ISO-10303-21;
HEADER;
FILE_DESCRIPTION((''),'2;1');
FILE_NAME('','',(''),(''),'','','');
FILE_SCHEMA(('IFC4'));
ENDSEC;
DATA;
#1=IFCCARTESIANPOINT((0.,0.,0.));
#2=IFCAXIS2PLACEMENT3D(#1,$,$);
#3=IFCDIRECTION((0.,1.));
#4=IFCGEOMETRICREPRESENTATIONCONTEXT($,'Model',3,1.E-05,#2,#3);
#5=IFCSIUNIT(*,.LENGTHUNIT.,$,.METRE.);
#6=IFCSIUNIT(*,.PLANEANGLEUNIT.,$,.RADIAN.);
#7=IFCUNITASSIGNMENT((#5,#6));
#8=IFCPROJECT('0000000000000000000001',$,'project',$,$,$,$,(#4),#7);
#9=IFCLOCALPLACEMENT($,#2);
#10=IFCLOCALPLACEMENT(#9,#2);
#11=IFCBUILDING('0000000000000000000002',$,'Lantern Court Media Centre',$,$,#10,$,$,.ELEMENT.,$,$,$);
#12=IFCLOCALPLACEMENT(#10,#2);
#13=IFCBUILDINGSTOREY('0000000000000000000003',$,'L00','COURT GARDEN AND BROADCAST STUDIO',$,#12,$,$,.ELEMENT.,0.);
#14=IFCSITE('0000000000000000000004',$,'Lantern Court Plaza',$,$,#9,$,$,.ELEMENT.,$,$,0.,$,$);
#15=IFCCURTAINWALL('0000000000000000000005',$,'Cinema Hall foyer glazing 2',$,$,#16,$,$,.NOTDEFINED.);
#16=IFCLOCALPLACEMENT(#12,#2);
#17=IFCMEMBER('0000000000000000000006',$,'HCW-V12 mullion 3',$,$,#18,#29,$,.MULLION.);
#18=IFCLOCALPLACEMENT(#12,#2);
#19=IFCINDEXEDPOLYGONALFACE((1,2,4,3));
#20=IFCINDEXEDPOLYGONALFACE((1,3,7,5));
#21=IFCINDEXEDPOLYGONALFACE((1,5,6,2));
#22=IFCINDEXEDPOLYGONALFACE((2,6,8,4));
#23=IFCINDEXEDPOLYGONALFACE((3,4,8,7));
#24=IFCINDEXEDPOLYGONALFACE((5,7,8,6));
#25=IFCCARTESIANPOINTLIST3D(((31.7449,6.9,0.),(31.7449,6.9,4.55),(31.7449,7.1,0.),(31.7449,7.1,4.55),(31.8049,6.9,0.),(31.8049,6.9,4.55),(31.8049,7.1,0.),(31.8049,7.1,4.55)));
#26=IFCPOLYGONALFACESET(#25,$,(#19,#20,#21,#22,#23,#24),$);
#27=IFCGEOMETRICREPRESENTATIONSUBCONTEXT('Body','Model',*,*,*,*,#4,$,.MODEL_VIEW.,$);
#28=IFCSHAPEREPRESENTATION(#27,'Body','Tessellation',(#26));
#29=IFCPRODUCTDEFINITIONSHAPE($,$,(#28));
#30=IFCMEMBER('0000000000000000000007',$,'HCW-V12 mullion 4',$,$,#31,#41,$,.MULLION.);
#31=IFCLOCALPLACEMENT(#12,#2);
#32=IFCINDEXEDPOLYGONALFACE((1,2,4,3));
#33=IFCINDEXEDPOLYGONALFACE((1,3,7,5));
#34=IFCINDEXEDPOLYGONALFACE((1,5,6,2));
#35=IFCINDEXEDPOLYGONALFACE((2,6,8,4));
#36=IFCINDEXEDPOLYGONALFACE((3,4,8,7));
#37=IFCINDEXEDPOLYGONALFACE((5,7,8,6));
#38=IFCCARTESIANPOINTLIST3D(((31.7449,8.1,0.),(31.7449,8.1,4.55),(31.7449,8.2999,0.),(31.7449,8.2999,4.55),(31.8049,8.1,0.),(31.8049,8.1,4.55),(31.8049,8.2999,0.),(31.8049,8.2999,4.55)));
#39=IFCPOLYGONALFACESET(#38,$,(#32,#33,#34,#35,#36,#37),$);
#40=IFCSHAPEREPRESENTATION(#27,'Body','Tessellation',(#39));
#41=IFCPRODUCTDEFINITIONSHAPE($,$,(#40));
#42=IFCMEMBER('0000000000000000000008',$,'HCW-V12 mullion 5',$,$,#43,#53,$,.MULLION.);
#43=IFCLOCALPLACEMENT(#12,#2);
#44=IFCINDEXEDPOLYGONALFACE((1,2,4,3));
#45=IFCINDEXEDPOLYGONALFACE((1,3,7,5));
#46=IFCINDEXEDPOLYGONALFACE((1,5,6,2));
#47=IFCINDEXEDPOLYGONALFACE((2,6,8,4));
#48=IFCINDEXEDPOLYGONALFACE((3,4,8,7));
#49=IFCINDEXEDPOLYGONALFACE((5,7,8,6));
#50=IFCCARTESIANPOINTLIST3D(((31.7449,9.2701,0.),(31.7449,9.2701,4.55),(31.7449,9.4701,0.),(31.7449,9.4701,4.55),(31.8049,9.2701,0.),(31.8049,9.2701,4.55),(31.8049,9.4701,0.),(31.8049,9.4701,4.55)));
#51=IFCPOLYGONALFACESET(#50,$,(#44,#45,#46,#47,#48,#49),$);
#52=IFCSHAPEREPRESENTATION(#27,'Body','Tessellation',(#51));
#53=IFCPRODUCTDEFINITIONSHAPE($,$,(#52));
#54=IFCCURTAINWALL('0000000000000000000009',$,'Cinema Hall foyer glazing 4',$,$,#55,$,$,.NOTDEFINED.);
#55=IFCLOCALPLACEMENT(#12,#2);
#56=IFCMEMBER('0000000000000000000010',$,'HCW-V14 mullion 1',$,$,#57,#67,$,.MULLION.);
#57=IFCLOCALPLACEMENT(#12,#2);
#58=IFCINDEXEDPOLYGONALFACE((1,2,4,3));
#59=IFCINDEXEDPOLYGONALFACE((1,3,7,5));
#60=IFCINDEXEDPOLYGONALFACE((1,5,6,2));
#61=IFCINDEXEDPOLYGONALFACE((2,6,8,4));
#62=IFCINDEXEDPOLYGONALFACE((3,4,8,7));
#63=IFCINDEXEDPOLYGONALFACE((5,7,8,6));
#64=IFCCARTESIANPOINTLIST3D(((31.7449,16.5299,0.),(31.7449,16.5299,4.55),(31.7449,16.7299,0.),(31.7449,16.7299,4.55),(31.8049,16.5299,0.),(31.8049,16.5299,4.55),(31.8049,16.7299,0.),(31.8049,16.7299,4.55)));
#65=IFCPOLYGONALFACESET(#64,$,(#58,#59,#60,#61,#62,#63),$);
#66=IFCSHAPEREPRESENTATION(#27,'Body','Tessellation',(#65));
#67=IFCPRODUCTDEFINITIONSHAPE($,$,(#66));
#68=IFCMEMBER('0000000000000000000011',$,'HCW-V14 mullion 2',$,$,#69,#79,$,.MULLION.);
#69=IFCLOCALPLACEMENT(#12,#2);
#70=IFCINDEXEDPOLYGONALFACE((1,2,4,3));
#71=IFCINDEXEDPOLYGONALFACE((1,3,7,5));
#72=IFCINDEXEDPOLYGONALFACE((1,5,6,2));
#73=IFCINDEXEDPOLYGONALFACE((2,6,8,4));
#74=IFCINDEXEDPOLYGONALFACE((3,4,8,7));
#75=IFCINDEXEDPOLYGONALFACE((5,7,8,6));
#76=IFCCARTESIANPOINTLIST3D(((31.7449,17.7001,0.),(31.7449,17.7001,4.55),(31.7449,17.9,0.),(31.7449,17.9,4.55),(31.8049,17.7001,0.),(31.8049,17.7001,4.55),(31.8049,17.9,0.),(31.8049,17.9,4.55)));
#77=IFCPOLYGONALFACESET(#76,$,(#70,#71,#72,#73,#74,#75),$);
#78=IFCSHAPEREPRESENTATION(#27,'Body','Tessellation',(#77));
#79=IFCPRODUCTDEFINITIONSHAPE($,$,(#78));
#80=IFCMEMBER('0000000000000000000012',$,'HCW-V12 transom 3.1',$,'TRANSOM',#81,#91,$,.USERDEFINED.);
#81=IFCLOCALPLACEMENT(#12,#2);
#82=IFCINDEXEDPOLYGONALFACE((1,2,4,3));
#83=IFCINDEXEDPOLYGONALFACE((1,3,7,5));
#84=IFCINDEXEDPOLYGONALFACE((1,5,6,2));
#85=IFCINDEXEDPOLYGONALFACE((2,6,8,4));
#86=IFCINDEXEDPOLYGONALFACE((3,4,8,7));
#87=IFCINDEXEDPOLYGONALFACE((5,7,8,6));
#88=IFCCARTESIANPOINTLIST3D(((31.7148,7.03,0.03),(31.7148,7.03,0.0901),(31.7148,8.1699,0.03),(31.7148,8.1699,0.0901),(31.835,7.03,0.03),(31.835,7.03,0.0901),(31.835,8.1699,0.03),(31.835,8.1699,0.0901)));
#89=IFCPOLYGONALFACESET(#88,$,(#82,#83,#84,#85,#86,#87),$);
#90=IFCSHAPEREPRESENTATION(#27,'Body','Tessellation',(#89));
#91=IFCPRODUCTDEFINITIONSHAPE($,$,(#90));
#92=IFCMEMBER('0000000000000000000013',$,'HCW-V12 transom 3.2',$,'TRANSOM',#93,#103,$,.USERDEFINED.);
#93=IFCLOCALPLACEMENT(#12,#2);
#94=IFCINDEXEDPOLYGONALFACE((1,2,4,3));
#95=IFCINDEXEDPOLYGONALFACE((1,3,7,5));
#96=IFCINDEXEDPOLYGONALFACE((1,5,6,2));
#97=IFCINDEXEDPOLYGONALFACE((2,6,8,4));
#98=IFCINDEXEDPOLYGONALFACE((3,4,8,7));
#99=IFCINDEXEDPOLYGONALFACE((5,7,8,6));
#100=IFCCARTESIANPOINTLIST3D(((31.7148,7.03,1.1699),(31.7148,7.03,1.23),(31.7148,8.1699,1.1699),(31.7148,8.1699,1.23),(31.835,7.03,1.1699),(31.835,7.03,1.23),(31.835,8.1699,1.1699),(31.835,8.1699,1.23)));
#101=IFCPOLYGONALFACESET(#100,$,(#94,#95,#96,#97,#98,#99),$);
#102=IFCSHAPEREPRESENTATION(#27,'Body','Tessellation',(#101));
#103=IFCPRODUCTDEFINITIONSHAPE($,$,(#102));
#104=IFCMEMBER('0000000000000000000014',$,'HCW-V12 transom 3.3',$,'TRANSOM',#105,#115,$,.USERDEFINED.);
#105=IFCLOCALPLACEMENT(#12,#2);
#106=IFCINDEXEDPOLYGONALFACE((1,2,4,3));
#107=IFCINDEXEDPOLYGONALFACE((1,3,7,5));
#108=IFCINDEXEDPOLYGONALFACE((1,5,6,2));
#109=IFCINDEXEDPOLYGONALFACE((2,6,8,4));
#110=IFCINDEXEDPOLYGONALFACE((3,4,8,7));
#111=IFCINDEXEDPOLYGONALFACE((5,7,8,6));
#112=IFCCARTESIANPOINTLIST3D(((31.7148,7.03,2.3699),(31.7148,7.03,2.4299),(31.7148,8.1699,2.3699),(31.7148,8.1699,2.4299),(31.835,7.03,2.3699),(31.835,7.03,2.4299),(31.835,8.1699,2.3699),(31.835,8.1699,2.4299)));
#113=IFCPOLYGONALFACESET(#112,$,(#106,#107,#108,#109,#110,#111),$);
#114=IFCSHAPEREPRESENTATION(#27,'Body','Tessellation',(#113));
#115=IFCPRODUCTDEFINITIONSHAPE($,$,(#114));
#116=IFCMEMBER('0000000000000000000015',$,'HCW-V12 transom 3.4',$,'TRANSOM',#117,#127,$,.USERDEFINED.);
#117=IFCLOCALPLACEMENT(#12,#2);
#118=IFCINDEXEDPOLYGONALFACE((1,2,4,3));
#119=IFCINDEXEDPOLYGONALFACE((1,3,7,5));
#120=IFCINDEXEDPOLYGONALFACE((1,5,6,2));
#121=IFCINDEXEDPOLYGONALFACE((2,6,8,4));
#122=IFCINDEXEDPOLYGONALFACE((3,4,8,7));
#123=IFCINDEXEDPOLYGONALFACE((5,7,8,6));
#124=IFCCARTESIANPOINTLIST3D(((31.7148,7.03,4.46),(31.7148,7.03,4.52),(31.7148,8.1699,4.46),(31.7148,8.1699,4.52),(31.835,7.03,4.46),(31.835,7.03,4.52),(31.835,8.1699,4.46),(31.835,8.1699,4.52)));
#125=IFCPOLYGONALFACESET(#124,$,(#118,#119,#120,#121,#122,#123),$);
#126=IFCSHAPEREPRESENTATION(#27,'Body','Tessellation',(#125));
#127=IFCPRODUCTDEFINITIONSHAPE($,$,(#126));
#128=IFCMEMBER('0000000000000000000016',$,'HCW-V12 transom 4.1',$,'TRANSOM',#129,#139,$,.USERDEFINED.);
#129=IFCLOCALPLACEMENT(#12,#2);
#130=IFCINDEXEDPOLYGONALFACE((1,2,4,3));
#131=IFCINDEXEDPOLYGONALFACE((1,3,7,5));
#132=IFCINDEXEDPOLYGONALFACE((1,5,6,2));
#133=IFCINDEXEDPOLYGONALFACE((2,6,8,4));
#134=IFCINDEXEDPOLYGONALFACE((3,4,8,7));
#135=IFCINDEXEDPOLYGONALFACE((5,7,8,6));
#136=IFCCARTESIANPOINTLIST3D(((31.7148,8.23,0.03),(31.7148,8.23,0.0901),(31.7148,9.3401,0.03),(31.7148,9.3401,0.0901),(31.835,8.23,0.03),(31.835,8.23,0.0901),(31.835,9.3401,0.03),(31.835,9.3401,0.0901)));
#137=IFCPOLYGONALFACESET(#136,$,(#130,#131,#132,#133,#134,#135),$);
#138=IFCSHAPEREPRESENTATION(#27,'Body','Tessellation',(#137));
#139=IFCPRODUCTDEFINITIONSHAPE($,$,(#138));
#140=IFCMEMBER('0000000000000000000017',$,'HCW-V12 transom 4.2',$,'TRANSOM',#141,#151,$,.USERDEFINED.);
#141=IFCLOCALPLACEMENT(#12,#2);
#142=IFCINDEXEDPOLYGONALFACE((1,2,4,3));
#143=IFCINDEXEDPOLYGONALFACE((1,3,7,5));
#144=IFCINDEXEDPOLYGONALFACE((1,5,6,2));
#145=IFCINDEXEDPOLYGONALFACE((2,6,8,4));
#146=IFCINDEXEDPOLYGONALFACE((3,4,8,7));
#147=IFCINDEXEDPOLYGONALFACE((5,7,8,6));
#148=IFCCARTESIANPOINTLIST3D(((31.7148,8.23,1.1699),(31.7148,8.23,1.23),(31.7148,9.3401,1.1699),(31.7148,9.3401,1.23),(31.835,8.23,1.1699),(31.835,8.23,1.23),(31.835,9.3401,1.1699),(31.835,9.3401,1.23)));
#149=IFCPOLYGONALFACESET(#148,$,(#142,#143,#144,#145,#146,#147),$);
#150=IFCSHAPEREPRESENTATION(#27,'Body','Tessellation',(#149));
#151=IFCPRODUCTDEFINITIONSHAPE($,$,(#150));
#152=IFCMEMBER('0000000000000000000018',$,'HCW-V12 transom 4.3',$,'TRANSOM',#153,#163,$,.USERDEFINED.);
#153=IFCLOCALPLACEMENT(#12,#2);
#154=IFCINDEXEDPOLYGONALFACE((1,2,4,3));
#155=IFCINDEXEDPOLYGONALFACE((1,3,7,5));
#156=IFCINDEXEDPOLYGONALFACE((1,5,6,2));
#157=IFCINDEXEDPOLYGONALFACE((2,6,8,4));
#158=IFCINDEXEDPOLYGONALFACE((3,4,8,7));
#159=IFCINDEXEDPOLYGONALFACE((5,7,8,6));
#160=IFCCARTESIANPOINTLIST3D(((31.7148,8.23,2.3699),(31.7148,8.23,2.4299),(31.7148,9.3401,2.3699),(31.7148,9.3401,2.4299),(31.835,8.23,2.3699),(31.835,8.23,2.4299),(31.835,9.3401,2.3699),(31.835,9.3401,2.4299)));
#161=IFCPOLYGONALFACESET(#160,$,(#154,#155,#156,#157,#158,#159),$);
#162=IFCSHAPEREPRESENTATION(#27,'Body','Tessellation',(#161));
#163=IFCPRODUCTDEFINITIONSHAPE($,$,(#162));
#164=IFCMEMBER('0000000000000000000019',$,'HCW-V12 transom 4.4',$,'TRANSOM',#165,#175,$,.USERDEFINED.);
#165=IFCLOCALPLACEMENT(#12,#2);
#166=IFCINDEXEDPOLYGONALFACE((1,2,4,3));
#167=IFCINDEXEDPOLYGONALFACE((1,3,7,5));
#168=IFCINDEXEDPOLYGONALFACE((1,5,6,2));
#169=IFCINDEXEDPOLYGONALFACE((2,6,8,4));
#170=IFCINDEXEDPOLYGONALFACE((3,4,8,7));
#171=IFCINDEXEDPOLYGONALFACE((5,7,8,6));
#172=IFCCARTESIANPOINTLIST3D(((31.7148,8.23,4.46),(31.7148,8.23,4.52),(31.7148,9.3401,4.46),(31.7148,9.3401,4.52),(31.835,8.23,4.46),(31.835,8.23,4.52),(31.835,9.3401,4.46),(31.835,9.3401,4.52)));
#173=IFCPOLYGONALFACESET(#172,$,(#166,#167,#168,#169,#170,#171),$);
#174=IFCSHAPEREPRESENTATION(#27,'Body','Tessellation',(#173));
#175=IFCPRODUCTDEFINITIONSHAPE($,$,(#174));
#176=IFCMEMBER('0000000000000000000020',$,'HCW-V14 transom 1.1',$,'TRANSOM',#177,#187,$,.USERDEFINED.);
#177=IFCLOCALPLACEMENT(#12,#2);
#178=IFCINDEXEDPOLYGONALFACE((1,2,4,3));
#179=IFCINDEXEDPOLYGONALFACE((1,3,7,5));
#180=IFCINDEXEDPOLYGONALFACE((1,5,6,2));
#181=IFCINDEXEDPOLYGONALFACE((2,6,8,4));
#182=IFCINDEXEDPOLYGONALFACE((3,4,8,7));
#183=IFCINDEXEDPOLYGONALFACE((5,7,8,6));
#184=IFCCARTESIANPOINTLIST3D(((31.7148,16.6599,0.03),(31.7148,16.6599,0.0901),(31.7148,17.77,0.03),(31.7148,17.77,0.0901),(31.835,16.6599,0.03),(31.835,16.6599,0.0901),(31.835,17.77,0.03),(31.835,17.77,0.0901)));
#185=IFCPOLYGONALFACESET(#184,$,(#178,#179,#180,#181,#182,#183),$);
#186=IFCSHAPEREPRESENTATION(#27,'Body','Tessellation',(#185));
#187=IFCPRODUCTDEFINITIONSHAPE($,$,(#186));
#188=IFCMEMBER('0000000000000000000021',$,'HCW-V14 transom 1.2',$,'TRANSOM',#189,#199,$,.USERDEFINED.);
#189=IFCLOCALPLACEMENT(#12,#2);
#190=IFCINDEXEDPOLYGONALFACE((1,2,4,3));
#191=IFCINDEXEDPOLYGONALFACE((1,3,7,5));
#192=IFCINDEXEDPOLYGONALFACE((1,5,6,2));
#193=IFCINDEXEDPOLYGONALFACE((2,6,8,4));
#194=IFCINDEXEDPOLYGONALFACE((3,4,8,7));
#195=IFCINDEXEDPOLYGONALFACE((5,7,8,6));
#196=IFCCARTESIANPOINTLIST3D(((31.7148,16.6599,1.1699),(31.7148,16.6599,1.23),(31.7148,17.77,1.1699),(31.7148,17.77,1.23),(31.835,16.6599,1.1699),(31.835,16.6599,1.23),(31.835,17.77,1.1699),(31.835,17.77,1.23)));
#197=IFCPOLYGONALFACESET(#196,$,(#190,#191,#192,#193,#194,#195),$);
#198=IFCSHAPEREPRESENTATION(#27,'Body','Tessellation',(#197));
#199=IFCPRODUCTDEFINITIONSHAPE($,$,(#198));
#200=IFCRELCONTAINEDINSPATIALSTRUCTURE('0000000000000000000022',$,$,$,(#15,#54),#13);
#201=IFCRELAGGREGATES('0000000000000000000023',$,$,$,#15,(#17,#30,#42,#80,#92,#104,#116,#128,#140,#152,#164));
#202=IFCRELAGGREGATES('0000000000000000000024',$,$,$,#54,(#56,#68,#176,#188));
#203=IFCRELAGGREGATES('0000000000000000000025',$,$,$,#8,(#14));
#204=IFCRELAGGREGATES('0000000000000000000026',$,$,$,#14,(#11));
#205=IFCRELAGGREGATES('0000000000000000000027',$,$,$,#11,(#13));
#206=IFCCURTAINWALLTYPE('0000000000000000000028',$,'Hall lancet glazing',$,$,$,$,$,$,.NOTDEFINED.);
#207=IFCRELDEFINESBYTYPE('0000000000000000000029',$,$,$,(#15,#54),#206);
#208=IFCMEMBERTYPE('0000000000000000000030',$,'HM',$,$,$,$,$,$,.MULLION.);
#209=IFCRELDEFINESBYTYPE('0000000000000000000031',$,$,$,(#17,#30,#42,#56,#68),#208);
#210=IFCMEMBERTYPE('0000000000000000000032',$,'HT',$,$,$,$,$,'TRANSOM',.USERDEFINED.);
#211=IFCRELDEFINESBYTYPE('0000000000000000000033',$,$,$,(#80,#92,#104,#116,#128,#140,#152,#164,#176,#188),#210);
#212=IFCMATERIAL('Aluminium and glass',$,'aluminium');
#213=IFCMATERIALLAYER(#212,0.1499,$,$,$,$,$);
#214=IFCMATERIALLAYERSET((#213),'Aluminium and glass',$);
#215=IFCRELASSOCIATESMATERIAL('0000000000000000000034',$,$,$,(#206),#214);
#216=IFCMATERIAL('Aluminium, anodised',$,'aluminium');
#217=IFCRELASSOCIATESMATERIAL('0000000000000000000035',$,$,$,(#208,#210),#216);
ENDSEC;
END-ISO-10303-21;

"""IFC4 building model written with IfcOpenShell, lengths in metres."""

from ifc_helpers import new_model, si_unit, direction, frame, origin, origin_2d, place, context, subcontext, project, spatial, rectangle, extrude, material, layer, layer_set, material_profile, profile_set, type_object, element, aggregate, save


model = new_model("IFC4")

# Units and contexts
model_context = context("Model", 3, precision=1e-05, world=origin(), true_north=direction((0.0, 1.0)))
body_context = subcontext(model_context, "Body", "Model", "MODEL_VIEW")
ifc_project = project(units=[si_unit("LENGTHUNIT", "METRE"), si_unit("PLANEANGLEUNIT", "RADIAN")], contexts=[model_context])

# Site, building, storey
site_placement = place(None, origin())
site = spatial("IfcSite", under=ifc_project, at=site_placement, Name="Lantern Court Plaza", CompositionType="ELEMENT", RefElevation=0.0)
building_placement = place(site_placement, origin())
building = spatial("IfcBuilding", under=site, at=building_placement, Name="Lantern Court Media Centre", CompositionType="ELEMENT")
storey_placement = place(building_placement, origin())
storey = spatial("IfcBuildingStorey", under=building, at=storey_placement, Name="L00", Description="COURT GARDEN AND BROADCAST STUDIO", CompositionType="ELEMENT", Elevation=0.0)

# Curtain walls, members
ifc_material_1 = material(Name="Aluminium and glass", Category="aluminium")
ifc_layer_1 = layer(ifc_material_1, 0.1499)
ifc_layer_set_1 = layer_set([ifc_layer_1], Name="Aluminium and glass")
curtain_wall_type = type_object("IfcCurtainWallType", Name="Hall lancet glazing", PredefinedType="NOTDEFINED", material=ifc_layer_set_1)
curtain_wall_1_placement = place(storey_placement, origin())
curtain_wall_1 = element("IfcCurtainWall", 1, at=curtain_wall_1_placement, inside=storey, type_object=curtain_wall_type, Name="Cinema Hall foyer glazing 2", PredefinedType="NOTDEFINED")
ifc_material_2 = material(Name="Aluminium, anodised", Category="aluminium")
ifc_material_profile_1 = material_profile(ifc_material_2, rectangle(XDim=0.0601, YDim=0.2, at=origin_2d()), Name="HM")
ifc_profile_set_1 = profile_set([ifc_material_profile_1], Name="Aluminium, anodised")
member_type_1 = type_object("IfcMemberType", Name="HM", PredefinedType="MULLION", material=ifc_profile_set_1)
member_1_placement = place(storey_placement, frame((31.7749, 7.0, 0.0), z_axis=(0.0, 0.0, 1.0), x_axis=(-1.0, 0.0, 0.0)))
member_1 = element("IfcMember", 2, at=member_1_placement, type_object=member_type_1, Name="HCW-V12 mullion 3", PredefinedType="MULLION", context=body_context, shape_type="SweptSolid", body=[
    extrude(rectangle(XDim=0.0601, YDim=0.2, at=origin_2d()), origin(), (0.0, 0.0, 1.0), 4.55),
])
member_2_placement = place(storey_placement, frame((31.7749, 8.2, 0.0), z_axis=(0.0, 0.0, 1.0), x_axis=(-1.0, 0.0, 0.0)))
member_2 = element("IfcMember", 3, at=member_2_placement, type_object=member_type_1, Name="HCW-V12 mullion 4", PredefinedType="MULLION", context=body_context, shape_type="SweptSolid", body=[
    extrude(rectangle(XDim=0.0601, YDim=0.2, at=origin_2d()), origin(), (0.0, 0.0, 1.0), 4.55),
])
member_3_placement = place(storey_placement, frame((31.7749, 9.3701, 0.0), z_axis=(0.0, 0.0, 1.0), x_axis=(-1.0, 0.0, 0.0)))
member_3 = element("IfcMember", 4, at=member_3_placement, type_object=member_type_1, Name="HCW-V12 mullion 5", PredefinedType="MULLION", context=body_context, shape_type="SweptSolid", body=[
    extrude(rectangle(XDim=0.0601, YDim=0.2, at=origin_2d()), origin(), (0.0, 0.0, 1.0), 4.55),
])
curtain_wall_2_placement = place(storey_placement, origin())
curtain_wall_2 = element("IfcCurtainWall", 5, at=curtain_wall_2_placement, inside=storey, type_object=curtain_wall_type, Name="Cinema Hall foyer glazing 4", PredefinedType="NOTDEFINED")
member_4_placement = place(storey_placement, frame((31.7749, 16.6299, 0.0), z_axis=(0.0, 0.0, 1.0), x_axis=(-1.0, 0.0, 0.0)))
member_4 = element("IfcMember", 6, at=member_4_placement, type_object=member_type_1, Name="HCW-V14 mullion 1", PredefinedType="MULLION", context=body_context, shape_type="SweptSolid", body=[
    extrude(rectangle(XDim=0.0601, YDim=0.2, at=origin_2d()), origin(), (0.0, 0.0, 1.0), 4.55),
])
member_5_placement = place(storey_placement, frame((31.7749, 17.8, 0.0), z_axis=(0.0, 0.0, 1.0), x_axis=(-1.0, 0.0, 0.0)))
member_5 = element("IfcMember", 7, at=member_5_placement, type_object=member_type_1, Name="HCW-V14 mullion 2", PredefinedType="MULLION", context=body_context, shape_type="SweptSolid", body=[
    extrude(rectangle(XDim=0.0601, YDim=0.2, at=origin_2d()), origin(), (0.0, 0.0, 1.0), 4.55),
])

# Members
ifc_material_profile_2 = material_profile(ifc_material_2, rectangle(XDim=0.1201, YDim=0.0601, at=origin_2d()), Name="HT")
ifc_profile_set_2 = profile_set([ifc_material_profile_2], Name="Aluminium, anodised")
member_type_2 = type_object("IfcMemberType", Name="HT", ElementType="TRANSOM", PredefinedType="USERDEFINED", material=ifc_profile_set_2)
member_6_placement = place(storey_placement, frame((31.7749, 7.03, 0.0601), z_axis=(0.0, 1.0, 0.0), x_axis=(-1.0, 0.0, 0.0)))
member_6 = element("IfcMember", 8, at=member_6_placement, type_object=member_type_2, Name="HCW-V12 transom 3.1", ObjectType="TRANSOM", PredefinedType="USERDEFINED", context=body_context, shape_type="SweptSolid", body=[
    extrude(rectangle(XDim=0.1201, YDim=0.0601, at=origin_2d()), origin(), (0.0, 0.0, 1.0), 1.1399),
])
member_7_placement = place(storey_placement, frame((31.7749, 7.03, 1.2), z_axis=(0.0, 1.0, 0.0), x_axis=(-1.0, 0.0, 0.0)))
member_7 = element("IfcMember", 9, at=member_7_placement, type_object=member_type_2, Name="HCW-V12 transom 3.2", ObjectType="TRANSOM", PredefinedType="USERDEFINED", context=body_context, shape_type="SweptSolid", body=[
    extrude(rectangle(XDim=0.1201, YDim=0.0601, at=origin_2d()), origin(), (0.0, 0.0, 1.0), 1.1399),
])
member_8_placement = place(storey_placement, frame((31.7749, 7.03, 2.3999), z_axis=(0.0, 1.0, 0.0), x_axis=(-1.0, 0.0, 0.0)))
member_8 = element("IfcMember", 10, at=member_8_placement, type_object=member_type_2, Name="HCW-V12 transom 3.3", ObjectType="TRANSOM", PredefinedType="USERDEFINED", context=body_context, shape_type="SweptSolid", body=[
    extrude(rectangle(XDim=0.1201, YDim=0.0601, at=origin_2d()), origin(), (0.0, 0.0, 1.0), 1.1399),
])
member_9_placement = place(storey_placement, frame((31.7749, 7.03, 4.49), z_axis=(0.0, 1.0, 0.0), x_axis=(-1.0, 0.0, 0.0)))
member_9 = element("IfcMember", 11, at=member_9_placement, type_object=member_type_2, Name="HCW-V12 transom 3.4", ObjectType="TRANSOM", PredefinedType="USERDEFINED", context=body_context, shape_type="SweptSolid", body=[
    extrude(rectangle(XDim=0.1201, YDim=0.0601, at=origin_2d()), origin(), (0.0, 0.0, 1.0), 1.1399),
])
member_10_placement = place(storey_placement, frame((31.7749, 8.23, 0.0601), z_axis=(0.0, 1.0, 0.0), x_axis=(-1.0, 0.0, 0.0)))
member_10 = element("IfcMember", 12, at=member_10_placement, type_object=member_type_2, Name="HCW-V12 transom 4.1", ObjectType="TRANSOM", PredefinedType="USERDEFINED", context=body_context, shape_type="SweptSolid", body=[
    extrude(rectangle(XDim=0.1201, YDim=0.0601, at=origin_2d()), origin(), (0.0, 0.0, 1.0), 1.1101),
])
member_11_placement = place(storey_placement, frame((31.7749, 8.23, 1.2), z_axis=(0.0, 1.0, 0.0), x_axis=(-1.0, 0.0, 0.0)))
member_11 = element("IfcMember", 13, at=member_11_placement, type_object=member_type_2, Name="HCW-V12 transom 4.2", ObjectType="TRANSOM", PredefinedType="USERDEFINED", context=body_context, shape_type="SweptSolid", body=[
    extrude(rectangle(XDim=0.1201, YDim=0.0601, at=origin_2d()), origin(), (0.0, 0.0, 1.0), 1.1101),
])
member_12_placement = place(storey_placement, frame((31.7749, 8.23, 2.3999), z_axis=(0.0, 1.0, 0.0), x_axis=(-1.0, 0.0, 0.0)))
member_12 = element("IfcMember", 14, at=member_12_placement, type_object=member_type_2, Name="HCW-V12 transom 4.3", ObjectType="TRANSOM", PredefinedType="USERDEFINED", context=body_context, shape_type="SweptSolid", body=[
    extrude(rectangle(XDim=0.1201, YDim=0.0601, at=origin_2d()), origin(), (0.0, 0.0, 1.0), 1.1101),
])
member_13_placement = place(storey_placement, frame((31.7749, 8.23, 4.49), z_axis=(0.0, 1.0, 0.0), x_axis=(-1.0, 0.0, 0.0)))
member_13 = element("IfcMember", 15, at=member_13_placement, type_object=member_type_2, Name="HCW-V12 transom 4.4", ObjectType="TRANSOM", PredefinedType="USERDEFINED", context=body_context, shape_type="SweptSolid", body=[
    extrude(rectangle(XDim=0.1201, YDim=0.0601, at=origin_2d()), origin(), (0.0, 0.0, 1.0), 1.1101),
])
member_14_placement = place(storey_placement, frame((31.7749, 16.6599, 0.0601), z_axis=(0.0, 1.0, 0.0), x_axis=(-1.0, 0.0, 0.0)))
member_14 = element("IfcMember", 16, at=member_14_placement, type_object=member_type_2, Name="HCW-V14 transom 1.1", ObjectType="TRANSOM", PredefinedType="USERDEFINED", context=body_context, shape_type="SweptSolid", body=[
    extrude(rectangle(XDim=0.1201, YDim=0.0601, at=origin_2d()), origin(), (0.0, 0.0, 1.0), 1.1101),
])
member_15_placement = place(storey_placement, frame((31.7749, 16.6599, 1.2), z_axis=(0.0, 1.0, 0.0), x_axis=(-1.0, 0.0, 0.0)))
member_15 = element("IfcMember", 17, at=member_15_placement, type_object=member_type_2, Name="HCW-V14 transom 1.2", ObjectType="TRANSOM", PredefinedType="USERDEFINED", context=body_context, shape_type="SweptSolid", body=[
    extrude(rectangle(XDim=0.1201, YDim=0.0601, at=origin_2d()), origin(), (0.0, 0.0, 1.0), 1.1101),
])

aggregate(curtain_wall_1, [member_1, member_2, member_3, member_6, member_7, member_8, member_9, member_10, member_11, member_12, member_13])
aggregate(curtain_wall_2, [member_4, member_5, member_14, member_15])

save(model, "model.ifc")
